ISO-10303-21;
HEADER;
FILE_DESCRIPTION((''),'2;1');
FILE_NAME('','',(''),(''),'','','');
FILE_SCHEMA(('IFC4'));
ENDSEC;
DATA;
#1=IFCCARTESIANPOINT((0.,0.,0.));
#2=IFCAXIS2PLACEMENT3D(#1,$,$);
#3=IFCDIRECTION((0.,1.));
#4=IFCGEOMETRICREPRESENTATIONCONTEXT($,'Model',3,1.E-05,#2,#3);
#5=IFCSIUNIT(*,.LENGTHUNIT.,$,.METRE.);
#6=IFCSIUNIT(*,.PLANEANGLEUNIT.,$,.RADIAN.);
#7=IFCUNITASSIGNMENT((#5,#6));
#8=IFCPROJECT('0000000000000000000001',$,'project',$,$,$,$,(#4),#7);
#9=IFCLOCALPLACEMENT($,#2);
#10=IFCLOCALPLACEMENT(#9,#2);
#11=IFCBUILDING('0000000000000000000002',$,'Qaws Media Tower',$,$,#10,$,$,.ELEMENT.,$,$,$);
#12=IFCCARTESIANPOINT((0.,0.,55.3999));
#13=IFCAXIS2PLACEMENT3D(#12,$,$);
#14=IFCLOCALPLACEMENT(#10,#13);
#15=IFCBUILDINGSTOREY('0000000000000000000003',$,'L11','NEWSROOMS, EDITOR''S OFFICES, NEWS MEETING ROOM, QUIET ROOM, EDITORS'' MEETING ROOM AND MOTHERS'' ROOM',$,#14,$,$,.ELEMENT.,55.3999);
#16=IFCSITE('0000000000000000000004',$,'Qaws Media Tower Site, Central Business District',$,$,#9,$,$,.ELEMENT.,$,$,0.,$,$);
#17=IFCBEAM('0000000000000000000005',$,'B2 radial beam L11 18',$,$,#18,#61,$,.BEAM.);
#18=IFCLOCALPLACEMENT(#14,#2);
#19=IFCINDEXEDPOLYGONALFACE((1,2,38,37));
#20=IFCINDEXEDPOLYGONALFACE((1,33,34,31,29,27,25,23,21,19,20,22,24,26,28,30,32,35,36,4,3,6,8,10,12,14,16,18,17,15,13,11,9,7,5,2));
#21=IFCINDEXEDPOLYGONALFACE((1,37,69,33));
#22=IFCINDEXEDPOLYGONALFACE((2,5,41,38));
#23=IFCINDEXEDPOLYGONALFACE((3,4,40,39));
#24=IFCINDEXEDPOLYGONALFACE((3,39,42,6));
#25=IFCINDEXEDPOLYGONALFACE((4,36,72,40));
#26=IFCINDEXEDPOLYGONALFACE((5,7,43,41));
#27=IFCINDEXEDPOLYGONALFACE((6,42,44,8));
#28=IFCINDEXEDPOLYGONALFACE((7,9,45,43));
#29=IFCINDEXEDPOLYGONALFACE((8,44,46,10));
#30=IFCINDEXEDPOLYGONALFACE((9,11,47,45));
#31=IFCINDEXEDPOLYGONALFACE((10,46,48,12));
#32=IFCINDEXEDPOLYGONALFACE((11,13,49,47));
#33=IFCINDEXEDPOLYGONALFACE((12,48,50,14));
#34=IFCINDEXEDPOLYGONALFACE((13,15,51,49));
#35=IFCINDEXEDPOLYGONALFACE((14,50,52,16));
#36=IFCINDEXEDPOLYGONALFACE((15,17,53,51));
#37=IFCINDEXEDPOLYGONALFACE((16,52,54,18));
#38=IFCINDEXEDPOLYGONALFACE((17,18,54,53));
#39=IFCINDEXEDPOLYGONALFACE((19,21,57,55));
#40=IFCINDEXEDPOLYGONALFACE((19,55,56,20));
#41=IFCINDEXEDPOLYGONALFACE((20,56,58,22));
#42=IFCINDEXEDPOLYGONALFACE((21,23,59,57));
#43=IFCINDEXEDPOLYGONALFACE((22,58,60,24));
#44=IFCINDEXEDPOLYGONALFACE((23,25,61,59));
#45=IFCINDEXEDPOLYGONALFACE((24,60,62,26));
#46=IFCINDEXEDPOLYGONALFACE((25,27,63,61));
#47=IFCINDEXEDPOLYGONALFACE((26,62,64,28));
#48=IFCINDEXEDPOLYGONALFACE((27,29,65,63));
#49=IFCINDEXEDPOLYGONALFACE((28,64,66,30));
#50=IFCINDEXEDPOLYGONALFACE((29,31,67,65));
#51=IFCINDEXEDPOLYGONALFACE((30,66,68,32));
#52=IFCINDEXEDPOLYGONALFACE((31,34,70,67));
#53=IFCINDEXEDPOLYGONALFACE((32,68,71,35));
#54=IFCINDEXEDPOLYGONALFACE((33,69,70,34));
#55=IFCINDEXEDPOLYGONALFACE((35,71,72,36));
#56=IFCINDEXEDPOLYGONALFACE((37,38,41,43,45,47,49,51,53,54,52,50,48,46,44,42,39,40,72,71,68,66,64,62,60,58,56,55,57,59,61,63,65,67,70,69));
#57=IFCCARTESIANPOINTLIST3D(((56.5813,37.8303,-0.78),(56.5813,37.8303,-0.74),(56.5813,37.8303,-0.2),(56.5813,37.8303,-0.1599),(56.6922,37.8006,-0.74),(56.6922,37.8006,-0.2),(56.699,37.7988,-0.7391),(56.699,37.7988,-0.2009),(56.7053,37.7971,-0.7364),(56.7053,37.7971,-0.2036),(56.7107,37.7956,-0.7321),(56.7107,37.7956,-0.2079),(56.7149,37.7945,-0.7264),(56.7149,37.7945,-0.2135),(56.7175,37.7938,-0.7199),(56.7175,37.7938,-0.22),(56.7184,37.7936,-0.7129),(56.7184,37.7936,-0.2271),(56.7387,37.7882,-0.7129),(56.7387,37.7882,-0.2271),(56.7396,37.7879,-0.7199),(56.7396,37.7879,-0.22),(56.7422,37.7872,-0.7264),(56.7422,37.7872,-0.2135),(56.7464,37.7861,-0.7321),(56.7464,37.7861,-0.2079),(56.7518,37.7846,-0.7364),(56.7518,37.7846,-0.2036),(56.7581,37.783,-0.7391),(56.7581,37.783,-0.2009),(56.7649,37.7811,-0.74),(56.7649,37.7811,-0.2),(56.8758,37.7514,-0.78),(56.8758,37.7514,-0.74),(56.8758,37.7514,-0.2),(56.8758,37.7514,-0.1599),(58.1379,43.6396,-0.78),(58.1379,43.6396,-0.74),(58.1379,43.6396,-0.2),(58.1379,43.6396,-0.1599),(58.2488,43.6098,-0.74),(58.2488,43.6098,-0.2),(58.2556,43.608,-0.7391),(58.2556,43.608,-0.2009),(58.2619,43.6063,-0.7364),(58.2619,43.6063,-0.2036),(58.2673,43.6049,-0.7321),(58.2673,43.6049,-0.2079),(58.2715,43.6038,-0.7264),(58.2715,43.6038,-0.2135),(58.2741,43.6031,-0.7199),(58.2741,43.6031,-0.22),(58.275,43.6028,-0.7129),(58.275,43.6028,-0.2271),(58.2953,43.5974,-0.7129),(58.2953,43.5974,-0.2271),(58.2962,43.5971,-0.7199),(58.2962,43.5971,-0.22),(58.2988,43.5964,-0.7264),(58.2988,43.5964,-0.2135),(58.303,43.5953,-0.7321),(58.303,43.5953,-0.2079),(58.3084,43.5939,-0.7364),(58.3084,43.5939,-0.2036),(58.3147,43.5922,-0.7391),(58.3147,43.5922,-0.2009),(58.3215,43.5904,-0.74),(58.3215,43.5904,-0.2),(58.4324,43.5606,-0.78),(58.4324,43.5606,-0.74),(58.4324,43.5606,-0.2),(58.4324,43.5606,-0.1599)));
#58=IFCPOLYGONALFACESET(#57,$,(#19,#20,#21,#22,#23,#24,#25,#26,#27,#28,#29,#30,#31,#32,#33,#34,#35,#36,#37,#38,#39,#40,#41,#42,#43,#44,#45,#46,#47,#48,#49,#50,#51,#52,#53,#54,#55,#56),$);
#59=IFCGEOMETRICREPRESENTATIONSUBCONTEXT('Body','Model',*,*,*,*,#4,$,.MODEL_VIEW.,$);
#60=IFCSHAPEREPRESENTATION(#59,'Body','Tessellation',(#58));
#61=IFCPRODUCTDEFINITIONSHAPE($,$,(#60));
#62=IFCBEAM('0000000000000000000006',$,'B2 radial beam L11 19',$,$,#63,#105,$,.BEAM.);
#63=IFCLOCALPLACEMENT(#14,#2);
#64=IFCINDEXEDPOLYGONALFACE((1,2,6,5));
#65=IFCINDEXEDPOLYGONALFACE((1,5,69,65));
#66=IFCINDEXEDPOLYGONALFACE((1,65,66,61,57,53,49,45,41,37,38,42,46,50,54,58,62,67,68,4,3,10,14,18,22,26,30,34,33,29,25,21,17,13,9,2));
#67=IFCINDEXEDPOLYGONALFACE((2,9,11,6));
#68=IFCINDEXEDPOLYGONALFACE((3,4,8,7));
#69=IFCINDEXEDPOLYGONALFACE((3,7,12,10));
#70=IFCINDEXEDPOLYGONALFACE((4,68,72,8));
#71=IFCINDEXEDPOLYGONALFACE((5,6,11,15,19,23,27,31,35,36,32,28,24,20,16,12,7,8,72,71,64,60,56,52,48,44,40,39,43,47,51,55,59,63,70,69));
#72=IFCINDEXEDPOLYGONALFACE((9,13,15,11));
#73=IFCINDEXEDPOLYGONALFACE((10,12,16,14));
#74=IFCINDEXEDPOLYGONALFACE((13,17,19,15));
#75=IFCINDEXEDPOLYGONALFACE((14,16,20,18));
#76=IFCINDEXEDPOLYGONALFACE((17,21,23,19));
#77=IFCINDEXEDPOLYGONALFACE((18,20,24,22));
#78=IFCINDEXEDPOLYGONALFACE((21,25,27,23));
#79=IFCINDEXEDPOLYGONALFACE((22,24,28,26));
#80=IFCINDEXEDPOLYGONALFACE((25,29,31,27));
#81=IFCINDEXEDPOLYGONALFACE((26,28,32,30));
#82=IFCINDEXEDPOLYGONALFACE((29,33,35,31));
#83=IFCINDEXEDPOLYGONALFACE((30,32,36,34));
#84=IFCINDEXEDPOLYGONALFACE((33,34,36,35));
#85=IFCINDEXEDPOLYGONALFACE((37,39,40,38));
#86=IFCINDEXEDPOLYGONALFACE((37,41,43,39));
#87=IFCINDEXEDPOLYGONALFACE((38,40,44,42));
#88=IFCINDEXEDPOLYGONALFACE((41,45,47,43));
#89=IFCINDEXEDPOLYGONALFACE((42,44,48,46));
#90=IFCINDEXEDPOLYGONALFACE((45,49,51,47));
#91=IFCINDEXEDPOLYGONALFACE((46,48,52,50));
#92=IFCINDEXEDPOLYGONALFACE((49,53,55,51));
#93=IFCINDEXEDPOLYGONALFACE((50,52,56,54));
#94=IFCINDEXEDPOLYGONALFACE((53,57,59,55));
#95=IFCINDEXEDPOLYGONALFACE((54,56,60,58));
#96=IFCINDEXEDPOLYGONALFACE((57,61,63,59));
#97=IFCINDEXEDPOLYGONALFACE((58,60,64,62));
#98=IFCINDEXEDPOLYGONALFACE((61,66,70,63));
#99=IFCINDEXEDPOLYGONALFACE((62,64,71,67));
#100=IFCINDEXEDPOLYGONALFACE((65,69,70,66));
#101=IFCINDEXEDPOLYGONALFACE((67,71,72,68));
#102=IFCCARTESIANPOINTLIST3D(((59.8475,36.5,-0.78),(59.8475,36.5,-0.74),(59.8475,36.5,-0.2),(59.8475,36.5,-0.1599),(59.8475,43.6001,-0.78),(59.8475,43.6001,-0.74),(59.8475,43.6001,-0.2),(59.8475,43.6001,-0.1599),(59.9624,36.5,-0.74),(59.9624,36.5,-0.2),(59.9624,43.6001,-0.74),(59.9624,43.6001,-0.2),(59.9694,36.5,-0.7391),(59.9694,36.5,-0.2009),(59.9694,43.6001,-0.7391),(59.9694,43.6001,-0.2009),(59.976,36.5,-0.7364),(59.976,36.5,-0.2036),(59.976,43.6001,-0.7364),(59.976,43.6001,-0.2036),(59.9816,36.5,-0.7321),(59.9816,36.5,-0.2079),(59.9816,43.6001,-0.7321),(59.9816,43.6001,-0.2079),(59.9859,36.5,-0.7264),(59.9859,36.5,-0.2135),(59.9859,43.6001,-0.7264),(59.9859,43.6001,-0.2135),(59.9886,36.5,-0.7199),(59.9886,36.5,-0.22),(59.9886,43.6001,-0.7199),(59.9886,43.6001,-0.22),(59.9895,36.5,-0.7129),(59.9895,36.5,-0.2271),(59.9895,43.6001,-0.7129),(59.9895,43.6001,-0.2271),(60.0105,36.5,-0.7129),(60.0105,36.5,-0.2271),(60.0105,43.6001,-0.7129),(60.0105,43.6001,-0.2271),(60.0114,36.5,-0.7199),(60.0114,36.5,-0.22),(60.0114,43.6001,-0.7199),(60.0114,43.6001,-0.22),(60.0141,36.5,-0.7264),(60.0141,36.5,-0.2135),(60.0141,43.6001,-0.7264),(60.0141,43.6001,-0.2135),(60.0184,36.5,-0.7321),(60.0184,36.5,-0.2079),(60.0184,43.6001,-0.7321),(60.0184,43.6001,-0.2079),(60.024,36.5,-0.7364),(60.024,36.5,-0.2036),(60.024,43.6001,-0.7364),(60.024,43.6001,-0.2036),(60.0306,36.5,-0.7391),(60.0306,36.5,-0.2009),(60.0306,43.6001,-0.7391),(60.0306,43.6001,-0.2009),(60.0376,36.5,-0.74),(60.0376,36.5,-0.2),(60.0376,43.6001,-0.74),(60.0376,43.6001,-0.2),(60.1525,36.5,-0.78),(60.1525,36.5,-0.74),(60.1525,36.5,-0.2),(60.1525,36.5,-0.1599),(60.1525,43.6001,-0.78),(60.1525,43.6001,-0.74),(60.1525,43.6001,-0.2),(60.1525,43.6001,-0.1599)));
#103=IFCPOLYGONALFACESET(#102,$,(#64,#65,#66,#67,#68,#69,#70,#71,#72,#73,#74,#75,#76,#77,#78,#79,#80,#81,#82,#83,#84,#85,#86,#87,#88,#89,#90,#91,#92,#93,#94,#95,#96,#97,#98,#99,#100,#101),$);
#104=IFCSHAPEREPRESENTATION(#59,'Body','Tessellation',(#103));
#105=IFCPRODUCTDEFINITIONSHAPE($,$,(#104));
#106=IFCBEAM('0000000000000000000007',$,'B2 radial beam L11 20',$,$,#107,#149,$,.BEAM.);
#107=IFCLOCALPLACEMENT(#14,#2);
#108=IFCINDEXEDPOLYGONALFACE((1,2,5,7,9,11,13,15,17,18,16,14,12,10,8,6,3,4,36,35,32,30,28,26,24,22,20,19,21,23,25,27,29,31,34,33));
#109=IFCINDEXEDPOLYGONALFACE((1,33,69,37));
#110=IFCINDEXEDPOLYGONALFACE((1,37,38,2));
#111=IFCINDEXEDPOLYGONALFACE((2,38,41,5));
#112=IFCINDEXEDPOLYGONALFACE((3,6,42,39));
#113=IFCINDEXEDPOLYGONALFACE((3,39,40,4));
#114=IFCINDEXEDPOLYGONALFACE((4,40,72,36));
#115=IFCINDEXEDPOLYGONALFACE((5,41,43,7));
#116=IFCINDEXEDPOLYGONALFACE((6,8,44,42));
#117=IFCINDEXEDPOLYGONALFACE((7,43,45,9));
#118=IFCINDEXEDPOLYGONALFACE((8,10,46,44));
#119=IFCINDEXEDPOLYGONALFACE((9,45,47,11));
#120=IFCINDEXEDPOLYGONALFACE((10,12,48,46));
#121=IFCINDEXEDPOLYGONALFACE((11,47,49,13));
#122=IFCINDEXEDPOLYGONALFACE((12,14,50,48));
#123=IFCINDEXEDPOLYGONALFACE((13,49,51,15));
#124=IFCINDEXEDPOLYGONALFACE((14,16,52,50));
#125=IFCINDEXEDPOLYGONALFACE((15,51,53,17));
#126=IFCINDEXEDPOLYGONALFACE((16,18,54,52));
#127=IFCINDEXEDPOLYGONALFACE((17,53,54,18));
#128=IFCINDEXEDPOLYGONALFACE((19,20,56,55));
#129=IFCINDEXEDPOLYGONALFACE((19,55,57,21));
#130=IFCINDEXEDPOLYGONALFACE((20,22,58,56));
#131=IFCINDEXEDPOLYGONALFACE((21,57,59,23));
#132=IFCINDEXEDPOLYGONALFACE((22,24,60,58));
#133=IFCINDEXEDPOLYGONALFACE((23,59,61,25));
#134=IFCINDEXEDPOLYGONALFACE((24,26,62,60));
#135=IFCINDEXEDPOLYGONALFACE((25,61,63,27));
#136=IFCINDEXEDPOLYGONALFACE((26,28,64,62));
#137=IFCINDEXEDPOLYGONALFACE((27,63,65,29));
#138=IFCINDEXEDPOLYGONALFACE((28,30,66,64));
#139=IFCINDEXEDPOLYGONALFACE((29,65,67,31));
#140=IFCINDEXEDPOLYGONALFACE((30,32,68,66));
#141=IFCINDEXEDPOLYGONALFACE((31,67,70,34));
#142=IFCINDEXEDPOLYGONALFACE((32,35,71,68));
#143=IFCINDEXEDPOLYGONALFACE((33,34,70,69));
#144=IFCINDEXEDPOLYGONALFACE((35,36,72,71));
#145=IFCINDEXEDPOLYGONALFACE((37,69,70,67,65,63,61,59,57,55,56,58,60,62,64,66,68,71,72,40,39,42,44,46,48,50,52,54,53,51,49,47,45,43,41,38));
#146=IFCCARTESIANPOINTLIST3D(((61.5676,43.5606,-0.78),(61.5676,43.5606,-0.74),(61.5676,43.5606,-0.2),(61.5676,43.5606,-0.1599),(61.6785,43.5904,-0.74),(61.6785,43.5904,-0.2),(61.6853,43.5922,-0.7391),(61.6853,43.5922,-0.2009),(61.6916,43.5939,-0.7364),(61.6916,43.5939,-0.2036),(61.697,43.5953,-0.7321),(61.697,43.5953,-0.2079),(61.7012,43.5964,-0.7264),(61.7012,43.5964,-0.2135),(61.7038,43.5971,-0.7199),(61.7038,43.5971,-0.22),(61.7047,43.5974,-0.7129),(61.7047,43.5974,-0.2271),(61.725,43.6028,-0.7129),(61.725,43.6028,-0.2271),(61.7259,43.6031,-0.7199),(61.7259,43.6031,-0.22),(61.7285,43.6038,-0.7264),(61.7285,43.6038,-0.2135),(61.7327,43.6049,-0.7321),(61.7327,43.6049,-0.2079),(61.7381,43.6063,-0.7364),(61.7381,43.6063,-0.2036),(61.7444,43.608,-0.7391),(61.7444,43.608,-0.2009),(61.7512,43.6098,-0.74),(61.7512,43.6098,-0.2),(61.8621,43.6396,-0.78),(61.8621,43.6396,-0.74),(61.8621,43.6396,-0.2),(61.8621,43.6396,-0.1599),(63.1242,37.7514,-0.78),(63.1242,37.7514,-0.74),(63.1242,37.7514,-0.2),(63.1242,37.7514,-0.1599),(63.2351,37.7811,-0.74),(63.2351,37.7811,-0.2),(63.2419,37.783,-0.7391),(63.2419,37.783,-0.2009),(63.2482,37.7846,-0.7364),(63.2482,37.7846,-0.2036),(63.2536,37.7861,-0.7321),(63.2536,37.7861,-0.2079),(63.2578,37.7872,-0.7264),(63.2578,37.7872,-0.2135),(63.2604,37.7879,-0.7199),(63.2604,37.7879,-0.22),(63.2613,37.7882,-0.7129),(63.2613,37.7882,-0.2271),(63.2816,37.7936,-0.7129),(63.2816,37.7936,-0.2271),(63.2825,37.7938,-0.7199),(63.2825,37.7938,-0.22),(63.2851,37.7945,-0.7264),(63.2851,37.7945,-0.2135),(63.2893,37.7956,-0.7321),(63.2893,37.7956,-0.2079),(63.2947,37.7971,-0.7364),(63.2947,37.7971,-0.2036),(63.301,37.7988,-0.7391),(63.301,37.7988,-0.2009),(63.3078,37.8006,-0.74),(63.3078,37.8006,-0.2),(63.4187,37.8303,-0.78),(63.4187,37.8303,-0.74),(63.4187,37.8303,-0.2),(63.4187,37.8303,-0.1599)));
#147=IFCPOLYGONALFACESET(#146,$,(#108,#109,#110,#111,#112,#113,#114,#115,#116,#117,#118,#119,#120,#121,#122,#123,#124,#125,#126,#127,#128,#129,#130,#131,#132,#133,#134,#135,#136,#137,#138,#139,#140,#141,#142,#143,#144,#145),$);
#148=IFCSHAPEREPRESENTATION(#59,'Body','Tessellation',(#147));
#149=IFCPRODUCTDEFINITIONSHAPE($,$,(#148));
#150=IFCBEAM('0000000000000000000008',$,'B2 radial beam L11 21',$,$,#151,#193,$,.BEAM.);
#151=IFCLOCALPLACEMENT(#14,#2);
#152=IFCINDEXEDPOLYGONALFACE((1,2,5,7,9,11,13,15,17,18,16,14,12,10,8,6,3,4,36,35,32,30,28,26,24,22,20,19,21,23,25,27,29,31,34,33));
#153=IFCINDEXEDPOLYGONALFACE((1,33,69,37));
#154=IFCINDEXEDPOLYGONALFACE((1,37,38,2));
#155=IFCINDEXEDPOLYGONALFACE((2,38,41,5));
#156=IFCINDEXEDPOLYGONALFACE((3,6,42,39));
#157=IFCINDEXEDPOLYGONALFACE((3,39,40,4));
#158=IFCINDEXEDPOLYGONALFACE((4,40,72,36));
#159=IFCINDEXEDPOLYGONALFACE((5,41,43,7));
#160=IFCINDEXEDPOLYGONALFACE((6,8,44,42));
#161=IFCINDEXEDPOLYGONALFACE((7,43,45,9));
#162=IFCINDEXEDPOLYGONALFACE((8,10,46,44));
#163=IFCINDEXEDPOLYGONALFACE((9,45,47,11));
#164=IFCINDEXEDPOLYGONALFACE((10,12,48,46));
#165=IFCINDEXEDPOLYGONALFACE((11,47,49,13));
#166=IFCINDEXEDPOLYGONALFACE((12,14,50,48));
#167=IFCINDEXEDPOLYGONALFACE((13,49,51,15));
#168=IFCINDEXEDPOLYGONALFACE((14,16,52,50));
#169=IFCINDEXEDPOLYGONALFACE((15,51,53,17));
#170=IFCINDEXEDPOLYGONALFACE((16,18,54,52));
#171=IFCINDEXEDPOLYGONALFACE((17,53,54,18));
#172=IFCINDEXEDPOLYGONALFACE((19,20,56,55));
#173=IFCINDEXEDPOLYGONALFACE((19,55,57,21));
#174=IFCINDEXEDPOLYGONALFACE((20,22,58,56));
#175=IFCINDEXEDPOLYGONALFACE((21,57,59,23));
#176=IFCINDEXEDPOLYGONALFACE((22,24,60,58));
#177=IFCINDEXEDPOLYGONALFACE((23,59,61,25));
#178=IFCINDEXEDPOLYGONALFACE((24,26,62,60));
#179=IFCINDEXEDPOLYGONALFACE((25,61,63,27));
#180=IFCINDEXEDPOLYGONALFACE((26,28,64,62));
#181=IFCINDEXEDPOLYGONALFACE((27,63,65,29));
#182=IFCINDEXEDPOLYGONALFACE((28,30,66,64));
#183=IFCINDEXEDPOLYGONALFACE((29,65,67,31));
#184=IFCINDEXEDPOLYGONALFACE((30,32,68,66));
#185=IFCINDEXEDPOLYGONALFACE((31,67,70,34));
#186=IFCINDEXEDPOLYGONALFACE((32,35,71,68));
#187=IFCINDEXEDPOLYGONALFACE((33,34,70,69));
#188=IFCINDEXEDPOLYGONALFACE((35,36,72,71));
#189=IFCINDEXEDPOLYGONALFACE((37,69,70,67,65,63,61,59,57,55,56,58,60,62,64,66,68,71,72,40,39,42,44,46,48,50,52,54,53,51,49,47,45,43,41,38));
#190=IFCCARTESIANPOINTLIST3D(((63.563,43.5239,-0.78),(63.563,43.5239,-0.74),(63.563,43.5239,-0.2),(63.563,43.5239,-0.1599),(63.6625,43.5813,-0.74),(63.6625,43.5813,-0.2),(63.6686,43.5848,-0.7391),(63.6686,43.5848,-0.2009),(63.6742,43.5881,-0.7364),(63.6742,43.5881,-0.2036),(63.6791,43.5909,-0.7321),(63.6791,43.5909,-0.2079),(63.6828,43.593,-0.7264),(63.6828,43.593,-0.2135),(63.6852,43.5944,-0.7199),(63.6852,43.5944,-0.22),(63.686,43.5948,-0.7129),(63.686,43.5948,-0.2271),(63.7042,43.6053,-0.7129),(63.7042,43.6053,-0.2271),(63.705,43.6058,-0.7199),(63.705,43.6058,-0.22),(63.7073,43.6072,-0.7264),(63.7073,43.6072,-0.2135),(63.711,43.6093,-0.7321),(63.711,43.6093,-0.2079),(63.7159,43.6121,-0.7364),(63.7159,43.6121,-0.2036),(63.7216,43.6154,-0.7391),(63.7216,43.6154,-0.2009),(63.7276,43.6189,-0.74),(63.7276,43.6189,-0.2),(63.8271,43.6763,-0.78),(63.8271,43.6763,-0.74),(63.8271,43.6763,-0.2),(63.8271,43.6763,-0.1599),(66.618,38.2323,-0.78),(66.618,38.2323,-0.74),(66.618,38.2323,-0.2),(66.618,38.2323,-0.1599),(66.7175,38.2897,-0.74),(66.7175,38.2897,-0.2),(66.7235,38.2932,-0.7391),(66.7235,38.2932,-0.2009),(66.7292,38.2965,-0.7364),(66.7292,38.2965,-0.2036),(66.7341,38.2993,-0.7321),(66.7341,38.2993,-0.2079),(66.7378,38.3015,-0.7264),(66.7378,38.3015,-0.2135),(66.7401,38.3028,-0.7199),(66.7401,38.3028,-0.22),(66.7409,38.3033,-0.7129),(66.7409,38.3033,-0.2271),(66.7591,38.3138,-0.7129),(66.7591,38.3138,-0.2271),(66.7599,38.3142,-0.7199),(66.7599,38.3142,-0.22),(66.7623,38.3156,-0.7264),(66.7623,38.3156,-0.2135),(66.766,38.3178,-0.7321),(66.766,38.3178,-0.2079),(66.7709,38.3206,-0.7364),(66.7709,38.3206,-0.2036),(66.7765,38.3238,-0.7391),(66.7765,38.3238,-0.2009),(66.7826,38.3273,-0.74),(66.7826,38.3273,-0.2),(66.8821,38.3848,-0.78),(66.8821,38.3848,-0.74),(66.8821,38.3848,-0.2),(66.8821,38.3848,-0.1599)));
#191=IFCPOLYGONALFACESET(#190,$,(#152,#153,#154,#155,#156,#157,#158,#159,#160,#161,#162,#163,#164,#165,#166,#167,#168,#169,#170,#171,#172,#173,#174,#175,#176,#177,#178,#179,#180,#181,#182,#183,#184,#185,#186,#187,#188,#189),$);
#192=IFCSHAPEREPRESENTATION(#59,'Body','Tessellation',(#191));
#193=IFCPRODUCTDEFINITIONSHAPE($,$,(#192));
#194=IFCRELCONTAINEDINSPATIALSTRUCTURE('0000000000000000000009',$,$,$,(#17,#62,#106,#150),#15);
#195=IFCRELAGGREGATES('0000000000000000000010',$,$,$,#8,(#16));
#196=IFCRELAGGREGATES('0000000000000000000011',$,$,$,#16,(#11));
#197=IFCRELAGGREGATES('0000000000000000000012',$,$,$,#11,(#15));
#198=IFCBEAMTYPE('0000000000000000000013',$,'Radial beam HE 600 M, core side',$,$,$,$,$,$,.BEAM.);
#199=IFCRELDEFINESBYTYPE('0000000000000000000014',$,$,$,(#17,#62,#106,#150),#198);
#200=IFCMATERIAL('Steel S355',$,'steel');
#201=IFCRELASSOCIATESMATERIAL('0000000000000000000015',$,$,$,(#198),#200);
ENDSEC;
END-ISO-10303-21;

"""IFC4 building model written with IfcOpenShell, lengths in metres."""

from ifc_helpers import new_model, si_unit, direction, frame, origin, origin_2d, place, context, subcontext, project, spatial, i_section, extrude, material, material_profile, profile_set, type_object, element, save


model = new_model("IFC4")

# Units and contexts
model_context = context("Model", 3, precision=1e-05, world=origin(), true_north=direction((0.0, 1.0)))
body_context = subcontext(model_context, "Body", "Model", "MODEL_VIEW")
ifc_project = project(units=[si_unit("LENGTHUNIT", "METRE"), si_unit("PLANEANGLEUNIT", "RADIAN")], contexts=[model_context])

# Site, building, storey
site_placement = place(None, origin())
site = spatial("IfcSite", under=ifc_project, at=site_placement, Name="Qaws Media Tower Site, Central Business District", CompositionType="ELEMENT", RefElevation=0.0)
building_placement = place(site_placement, origin())
building = spatial("IfcBuilding", under=site, at=building_placement, Name="Qaws Media Tower", CompositionType="ELEMENT")
storey_placement = place(building_placement, frame((0.0, 0.0, 55.3999)))
storey = spatial("IfcBuildingStorey", under=building, at=storey_placement, Name="L11", Description="NEWSROOMS, EDITOR'S OFFICES, NEWS MEETING ROOM, QUIET ROOM, EDITORS' MEETING ROOM AND MOTHERS' ROOM", CompositionType="ELEMENT", Elevation=55.3999)

# Beams
ifc_material_1 = material(Name="Steel S355", Category="steel")
ifc_material_profile_1 = material_profile(ifc_material_1, i_section(OverallWidth=0.3049, OverallDepth=0.6201, WebThickness=0.021, FlangeThickness=0.04, FilletRadius=0.0271, at=origin_2d()), Name="HE 600 M")
ifc_profile_set_1 = profile_set([ifc_material_profile_1], Name="Steel S355")
beam_type_1 = type_object("IfcBeamType", Name="Radial beam HE 600 M, core side", PredefinedType="BEAM", material=ifc_profile_set_1)
beam_1_placement = place(storey_placement, frame((58.2852, 43.6001, -0.47), z_axis=(-0.258825, -0.965924, 0.0), x_axis=(0.965924, -0.258825, 0.0)))
element("IfcBeam", 1, at=beam_1_placement, inside=storey, type_object=beam_type_1, Name="B2 radial beam L11 18", PredefinedType="BEAM", context=body_context, shape_type="SweptSolid", body=[
    extrude(i_section(OverallWidth=0.3049, OverallDepth=0.6201, WebThickness=0.021, FlangeThickness=0.04, FilletRadius=0.0271, at=origin_2d()), origin(), (0.0, 0.0, 1.0), 6.0142),
])
beam_2_placement = place(storey_placement, frame((60.0, 43.6001, -0.47), z_axis=(0.0, -1.0, 0.0), x_axis=(1.0, 0.0, 0.0)))
element("IfcBeam", 2, at=beam_2_placement, inside=storey, type_object=beam_type_1, Name="B2 radial beam L11 19", PredefinedType="BEAM", context=body_context, shape_type="SweptSolid", body=[
    extrude(i_section(OverallWidth=0.3049, OverallDepth=0.6201, WebThickness=0.021, FlangeThickness=0.04, FilletRadius=0.0271, at=origin_2d()), origin(), (0.0, 0.0, 1.0), 7.1001),
])
beam_3_placement = place(storey_placement, frame((61.7148, 43.6001, -0.47), z_axis=(0.258825, -0.965924, 0.0), x_axis=(0.965924, 0.258825, 0.0)))
element("IfcBeam", 3, at=beam_3_placement, inside=storey, type_object=beam_type_1, Name="B2 radial beam L11 20", PredefinedType="BEAM", context=body_context, shape_type="SweptSolid", body=[
    extrude(i_section(OverallWidth=0.3049, OverallDepth=0.6201, WebThickness=0.021, FlangeThickness=0.04, FilletRadius=0.0271, at=origin_2d()), origin(), (0.0, 0.0, 1.0), 6.0142),
])
beam_4_placement = place(storey_placement, frame((63.6951, 43.6001, -0.47), z_axis=(0.499985, -0.866034, 0.0), x_axis=(0.866034, 0.499985, 0.0)))
element("IfcBeam", 4, at=beam_4_placement, inside=storey, type_object=beam_type_1, Name="B2 radial beam L11 21", PredefinedType="BEAM", context=body_context, shape_type="SweptSolid", body=[
    extrude(i_section(OverallWidth=0.3049, OverallDepth=0.6201, WebThickness=0.021, FlangeThickness=0.04, FilletRadius=0.0271, at=origin_2d()), origin(), (0.0, 0.0, 1.0), 6.1101),
])

save(model, "model.ifc")
